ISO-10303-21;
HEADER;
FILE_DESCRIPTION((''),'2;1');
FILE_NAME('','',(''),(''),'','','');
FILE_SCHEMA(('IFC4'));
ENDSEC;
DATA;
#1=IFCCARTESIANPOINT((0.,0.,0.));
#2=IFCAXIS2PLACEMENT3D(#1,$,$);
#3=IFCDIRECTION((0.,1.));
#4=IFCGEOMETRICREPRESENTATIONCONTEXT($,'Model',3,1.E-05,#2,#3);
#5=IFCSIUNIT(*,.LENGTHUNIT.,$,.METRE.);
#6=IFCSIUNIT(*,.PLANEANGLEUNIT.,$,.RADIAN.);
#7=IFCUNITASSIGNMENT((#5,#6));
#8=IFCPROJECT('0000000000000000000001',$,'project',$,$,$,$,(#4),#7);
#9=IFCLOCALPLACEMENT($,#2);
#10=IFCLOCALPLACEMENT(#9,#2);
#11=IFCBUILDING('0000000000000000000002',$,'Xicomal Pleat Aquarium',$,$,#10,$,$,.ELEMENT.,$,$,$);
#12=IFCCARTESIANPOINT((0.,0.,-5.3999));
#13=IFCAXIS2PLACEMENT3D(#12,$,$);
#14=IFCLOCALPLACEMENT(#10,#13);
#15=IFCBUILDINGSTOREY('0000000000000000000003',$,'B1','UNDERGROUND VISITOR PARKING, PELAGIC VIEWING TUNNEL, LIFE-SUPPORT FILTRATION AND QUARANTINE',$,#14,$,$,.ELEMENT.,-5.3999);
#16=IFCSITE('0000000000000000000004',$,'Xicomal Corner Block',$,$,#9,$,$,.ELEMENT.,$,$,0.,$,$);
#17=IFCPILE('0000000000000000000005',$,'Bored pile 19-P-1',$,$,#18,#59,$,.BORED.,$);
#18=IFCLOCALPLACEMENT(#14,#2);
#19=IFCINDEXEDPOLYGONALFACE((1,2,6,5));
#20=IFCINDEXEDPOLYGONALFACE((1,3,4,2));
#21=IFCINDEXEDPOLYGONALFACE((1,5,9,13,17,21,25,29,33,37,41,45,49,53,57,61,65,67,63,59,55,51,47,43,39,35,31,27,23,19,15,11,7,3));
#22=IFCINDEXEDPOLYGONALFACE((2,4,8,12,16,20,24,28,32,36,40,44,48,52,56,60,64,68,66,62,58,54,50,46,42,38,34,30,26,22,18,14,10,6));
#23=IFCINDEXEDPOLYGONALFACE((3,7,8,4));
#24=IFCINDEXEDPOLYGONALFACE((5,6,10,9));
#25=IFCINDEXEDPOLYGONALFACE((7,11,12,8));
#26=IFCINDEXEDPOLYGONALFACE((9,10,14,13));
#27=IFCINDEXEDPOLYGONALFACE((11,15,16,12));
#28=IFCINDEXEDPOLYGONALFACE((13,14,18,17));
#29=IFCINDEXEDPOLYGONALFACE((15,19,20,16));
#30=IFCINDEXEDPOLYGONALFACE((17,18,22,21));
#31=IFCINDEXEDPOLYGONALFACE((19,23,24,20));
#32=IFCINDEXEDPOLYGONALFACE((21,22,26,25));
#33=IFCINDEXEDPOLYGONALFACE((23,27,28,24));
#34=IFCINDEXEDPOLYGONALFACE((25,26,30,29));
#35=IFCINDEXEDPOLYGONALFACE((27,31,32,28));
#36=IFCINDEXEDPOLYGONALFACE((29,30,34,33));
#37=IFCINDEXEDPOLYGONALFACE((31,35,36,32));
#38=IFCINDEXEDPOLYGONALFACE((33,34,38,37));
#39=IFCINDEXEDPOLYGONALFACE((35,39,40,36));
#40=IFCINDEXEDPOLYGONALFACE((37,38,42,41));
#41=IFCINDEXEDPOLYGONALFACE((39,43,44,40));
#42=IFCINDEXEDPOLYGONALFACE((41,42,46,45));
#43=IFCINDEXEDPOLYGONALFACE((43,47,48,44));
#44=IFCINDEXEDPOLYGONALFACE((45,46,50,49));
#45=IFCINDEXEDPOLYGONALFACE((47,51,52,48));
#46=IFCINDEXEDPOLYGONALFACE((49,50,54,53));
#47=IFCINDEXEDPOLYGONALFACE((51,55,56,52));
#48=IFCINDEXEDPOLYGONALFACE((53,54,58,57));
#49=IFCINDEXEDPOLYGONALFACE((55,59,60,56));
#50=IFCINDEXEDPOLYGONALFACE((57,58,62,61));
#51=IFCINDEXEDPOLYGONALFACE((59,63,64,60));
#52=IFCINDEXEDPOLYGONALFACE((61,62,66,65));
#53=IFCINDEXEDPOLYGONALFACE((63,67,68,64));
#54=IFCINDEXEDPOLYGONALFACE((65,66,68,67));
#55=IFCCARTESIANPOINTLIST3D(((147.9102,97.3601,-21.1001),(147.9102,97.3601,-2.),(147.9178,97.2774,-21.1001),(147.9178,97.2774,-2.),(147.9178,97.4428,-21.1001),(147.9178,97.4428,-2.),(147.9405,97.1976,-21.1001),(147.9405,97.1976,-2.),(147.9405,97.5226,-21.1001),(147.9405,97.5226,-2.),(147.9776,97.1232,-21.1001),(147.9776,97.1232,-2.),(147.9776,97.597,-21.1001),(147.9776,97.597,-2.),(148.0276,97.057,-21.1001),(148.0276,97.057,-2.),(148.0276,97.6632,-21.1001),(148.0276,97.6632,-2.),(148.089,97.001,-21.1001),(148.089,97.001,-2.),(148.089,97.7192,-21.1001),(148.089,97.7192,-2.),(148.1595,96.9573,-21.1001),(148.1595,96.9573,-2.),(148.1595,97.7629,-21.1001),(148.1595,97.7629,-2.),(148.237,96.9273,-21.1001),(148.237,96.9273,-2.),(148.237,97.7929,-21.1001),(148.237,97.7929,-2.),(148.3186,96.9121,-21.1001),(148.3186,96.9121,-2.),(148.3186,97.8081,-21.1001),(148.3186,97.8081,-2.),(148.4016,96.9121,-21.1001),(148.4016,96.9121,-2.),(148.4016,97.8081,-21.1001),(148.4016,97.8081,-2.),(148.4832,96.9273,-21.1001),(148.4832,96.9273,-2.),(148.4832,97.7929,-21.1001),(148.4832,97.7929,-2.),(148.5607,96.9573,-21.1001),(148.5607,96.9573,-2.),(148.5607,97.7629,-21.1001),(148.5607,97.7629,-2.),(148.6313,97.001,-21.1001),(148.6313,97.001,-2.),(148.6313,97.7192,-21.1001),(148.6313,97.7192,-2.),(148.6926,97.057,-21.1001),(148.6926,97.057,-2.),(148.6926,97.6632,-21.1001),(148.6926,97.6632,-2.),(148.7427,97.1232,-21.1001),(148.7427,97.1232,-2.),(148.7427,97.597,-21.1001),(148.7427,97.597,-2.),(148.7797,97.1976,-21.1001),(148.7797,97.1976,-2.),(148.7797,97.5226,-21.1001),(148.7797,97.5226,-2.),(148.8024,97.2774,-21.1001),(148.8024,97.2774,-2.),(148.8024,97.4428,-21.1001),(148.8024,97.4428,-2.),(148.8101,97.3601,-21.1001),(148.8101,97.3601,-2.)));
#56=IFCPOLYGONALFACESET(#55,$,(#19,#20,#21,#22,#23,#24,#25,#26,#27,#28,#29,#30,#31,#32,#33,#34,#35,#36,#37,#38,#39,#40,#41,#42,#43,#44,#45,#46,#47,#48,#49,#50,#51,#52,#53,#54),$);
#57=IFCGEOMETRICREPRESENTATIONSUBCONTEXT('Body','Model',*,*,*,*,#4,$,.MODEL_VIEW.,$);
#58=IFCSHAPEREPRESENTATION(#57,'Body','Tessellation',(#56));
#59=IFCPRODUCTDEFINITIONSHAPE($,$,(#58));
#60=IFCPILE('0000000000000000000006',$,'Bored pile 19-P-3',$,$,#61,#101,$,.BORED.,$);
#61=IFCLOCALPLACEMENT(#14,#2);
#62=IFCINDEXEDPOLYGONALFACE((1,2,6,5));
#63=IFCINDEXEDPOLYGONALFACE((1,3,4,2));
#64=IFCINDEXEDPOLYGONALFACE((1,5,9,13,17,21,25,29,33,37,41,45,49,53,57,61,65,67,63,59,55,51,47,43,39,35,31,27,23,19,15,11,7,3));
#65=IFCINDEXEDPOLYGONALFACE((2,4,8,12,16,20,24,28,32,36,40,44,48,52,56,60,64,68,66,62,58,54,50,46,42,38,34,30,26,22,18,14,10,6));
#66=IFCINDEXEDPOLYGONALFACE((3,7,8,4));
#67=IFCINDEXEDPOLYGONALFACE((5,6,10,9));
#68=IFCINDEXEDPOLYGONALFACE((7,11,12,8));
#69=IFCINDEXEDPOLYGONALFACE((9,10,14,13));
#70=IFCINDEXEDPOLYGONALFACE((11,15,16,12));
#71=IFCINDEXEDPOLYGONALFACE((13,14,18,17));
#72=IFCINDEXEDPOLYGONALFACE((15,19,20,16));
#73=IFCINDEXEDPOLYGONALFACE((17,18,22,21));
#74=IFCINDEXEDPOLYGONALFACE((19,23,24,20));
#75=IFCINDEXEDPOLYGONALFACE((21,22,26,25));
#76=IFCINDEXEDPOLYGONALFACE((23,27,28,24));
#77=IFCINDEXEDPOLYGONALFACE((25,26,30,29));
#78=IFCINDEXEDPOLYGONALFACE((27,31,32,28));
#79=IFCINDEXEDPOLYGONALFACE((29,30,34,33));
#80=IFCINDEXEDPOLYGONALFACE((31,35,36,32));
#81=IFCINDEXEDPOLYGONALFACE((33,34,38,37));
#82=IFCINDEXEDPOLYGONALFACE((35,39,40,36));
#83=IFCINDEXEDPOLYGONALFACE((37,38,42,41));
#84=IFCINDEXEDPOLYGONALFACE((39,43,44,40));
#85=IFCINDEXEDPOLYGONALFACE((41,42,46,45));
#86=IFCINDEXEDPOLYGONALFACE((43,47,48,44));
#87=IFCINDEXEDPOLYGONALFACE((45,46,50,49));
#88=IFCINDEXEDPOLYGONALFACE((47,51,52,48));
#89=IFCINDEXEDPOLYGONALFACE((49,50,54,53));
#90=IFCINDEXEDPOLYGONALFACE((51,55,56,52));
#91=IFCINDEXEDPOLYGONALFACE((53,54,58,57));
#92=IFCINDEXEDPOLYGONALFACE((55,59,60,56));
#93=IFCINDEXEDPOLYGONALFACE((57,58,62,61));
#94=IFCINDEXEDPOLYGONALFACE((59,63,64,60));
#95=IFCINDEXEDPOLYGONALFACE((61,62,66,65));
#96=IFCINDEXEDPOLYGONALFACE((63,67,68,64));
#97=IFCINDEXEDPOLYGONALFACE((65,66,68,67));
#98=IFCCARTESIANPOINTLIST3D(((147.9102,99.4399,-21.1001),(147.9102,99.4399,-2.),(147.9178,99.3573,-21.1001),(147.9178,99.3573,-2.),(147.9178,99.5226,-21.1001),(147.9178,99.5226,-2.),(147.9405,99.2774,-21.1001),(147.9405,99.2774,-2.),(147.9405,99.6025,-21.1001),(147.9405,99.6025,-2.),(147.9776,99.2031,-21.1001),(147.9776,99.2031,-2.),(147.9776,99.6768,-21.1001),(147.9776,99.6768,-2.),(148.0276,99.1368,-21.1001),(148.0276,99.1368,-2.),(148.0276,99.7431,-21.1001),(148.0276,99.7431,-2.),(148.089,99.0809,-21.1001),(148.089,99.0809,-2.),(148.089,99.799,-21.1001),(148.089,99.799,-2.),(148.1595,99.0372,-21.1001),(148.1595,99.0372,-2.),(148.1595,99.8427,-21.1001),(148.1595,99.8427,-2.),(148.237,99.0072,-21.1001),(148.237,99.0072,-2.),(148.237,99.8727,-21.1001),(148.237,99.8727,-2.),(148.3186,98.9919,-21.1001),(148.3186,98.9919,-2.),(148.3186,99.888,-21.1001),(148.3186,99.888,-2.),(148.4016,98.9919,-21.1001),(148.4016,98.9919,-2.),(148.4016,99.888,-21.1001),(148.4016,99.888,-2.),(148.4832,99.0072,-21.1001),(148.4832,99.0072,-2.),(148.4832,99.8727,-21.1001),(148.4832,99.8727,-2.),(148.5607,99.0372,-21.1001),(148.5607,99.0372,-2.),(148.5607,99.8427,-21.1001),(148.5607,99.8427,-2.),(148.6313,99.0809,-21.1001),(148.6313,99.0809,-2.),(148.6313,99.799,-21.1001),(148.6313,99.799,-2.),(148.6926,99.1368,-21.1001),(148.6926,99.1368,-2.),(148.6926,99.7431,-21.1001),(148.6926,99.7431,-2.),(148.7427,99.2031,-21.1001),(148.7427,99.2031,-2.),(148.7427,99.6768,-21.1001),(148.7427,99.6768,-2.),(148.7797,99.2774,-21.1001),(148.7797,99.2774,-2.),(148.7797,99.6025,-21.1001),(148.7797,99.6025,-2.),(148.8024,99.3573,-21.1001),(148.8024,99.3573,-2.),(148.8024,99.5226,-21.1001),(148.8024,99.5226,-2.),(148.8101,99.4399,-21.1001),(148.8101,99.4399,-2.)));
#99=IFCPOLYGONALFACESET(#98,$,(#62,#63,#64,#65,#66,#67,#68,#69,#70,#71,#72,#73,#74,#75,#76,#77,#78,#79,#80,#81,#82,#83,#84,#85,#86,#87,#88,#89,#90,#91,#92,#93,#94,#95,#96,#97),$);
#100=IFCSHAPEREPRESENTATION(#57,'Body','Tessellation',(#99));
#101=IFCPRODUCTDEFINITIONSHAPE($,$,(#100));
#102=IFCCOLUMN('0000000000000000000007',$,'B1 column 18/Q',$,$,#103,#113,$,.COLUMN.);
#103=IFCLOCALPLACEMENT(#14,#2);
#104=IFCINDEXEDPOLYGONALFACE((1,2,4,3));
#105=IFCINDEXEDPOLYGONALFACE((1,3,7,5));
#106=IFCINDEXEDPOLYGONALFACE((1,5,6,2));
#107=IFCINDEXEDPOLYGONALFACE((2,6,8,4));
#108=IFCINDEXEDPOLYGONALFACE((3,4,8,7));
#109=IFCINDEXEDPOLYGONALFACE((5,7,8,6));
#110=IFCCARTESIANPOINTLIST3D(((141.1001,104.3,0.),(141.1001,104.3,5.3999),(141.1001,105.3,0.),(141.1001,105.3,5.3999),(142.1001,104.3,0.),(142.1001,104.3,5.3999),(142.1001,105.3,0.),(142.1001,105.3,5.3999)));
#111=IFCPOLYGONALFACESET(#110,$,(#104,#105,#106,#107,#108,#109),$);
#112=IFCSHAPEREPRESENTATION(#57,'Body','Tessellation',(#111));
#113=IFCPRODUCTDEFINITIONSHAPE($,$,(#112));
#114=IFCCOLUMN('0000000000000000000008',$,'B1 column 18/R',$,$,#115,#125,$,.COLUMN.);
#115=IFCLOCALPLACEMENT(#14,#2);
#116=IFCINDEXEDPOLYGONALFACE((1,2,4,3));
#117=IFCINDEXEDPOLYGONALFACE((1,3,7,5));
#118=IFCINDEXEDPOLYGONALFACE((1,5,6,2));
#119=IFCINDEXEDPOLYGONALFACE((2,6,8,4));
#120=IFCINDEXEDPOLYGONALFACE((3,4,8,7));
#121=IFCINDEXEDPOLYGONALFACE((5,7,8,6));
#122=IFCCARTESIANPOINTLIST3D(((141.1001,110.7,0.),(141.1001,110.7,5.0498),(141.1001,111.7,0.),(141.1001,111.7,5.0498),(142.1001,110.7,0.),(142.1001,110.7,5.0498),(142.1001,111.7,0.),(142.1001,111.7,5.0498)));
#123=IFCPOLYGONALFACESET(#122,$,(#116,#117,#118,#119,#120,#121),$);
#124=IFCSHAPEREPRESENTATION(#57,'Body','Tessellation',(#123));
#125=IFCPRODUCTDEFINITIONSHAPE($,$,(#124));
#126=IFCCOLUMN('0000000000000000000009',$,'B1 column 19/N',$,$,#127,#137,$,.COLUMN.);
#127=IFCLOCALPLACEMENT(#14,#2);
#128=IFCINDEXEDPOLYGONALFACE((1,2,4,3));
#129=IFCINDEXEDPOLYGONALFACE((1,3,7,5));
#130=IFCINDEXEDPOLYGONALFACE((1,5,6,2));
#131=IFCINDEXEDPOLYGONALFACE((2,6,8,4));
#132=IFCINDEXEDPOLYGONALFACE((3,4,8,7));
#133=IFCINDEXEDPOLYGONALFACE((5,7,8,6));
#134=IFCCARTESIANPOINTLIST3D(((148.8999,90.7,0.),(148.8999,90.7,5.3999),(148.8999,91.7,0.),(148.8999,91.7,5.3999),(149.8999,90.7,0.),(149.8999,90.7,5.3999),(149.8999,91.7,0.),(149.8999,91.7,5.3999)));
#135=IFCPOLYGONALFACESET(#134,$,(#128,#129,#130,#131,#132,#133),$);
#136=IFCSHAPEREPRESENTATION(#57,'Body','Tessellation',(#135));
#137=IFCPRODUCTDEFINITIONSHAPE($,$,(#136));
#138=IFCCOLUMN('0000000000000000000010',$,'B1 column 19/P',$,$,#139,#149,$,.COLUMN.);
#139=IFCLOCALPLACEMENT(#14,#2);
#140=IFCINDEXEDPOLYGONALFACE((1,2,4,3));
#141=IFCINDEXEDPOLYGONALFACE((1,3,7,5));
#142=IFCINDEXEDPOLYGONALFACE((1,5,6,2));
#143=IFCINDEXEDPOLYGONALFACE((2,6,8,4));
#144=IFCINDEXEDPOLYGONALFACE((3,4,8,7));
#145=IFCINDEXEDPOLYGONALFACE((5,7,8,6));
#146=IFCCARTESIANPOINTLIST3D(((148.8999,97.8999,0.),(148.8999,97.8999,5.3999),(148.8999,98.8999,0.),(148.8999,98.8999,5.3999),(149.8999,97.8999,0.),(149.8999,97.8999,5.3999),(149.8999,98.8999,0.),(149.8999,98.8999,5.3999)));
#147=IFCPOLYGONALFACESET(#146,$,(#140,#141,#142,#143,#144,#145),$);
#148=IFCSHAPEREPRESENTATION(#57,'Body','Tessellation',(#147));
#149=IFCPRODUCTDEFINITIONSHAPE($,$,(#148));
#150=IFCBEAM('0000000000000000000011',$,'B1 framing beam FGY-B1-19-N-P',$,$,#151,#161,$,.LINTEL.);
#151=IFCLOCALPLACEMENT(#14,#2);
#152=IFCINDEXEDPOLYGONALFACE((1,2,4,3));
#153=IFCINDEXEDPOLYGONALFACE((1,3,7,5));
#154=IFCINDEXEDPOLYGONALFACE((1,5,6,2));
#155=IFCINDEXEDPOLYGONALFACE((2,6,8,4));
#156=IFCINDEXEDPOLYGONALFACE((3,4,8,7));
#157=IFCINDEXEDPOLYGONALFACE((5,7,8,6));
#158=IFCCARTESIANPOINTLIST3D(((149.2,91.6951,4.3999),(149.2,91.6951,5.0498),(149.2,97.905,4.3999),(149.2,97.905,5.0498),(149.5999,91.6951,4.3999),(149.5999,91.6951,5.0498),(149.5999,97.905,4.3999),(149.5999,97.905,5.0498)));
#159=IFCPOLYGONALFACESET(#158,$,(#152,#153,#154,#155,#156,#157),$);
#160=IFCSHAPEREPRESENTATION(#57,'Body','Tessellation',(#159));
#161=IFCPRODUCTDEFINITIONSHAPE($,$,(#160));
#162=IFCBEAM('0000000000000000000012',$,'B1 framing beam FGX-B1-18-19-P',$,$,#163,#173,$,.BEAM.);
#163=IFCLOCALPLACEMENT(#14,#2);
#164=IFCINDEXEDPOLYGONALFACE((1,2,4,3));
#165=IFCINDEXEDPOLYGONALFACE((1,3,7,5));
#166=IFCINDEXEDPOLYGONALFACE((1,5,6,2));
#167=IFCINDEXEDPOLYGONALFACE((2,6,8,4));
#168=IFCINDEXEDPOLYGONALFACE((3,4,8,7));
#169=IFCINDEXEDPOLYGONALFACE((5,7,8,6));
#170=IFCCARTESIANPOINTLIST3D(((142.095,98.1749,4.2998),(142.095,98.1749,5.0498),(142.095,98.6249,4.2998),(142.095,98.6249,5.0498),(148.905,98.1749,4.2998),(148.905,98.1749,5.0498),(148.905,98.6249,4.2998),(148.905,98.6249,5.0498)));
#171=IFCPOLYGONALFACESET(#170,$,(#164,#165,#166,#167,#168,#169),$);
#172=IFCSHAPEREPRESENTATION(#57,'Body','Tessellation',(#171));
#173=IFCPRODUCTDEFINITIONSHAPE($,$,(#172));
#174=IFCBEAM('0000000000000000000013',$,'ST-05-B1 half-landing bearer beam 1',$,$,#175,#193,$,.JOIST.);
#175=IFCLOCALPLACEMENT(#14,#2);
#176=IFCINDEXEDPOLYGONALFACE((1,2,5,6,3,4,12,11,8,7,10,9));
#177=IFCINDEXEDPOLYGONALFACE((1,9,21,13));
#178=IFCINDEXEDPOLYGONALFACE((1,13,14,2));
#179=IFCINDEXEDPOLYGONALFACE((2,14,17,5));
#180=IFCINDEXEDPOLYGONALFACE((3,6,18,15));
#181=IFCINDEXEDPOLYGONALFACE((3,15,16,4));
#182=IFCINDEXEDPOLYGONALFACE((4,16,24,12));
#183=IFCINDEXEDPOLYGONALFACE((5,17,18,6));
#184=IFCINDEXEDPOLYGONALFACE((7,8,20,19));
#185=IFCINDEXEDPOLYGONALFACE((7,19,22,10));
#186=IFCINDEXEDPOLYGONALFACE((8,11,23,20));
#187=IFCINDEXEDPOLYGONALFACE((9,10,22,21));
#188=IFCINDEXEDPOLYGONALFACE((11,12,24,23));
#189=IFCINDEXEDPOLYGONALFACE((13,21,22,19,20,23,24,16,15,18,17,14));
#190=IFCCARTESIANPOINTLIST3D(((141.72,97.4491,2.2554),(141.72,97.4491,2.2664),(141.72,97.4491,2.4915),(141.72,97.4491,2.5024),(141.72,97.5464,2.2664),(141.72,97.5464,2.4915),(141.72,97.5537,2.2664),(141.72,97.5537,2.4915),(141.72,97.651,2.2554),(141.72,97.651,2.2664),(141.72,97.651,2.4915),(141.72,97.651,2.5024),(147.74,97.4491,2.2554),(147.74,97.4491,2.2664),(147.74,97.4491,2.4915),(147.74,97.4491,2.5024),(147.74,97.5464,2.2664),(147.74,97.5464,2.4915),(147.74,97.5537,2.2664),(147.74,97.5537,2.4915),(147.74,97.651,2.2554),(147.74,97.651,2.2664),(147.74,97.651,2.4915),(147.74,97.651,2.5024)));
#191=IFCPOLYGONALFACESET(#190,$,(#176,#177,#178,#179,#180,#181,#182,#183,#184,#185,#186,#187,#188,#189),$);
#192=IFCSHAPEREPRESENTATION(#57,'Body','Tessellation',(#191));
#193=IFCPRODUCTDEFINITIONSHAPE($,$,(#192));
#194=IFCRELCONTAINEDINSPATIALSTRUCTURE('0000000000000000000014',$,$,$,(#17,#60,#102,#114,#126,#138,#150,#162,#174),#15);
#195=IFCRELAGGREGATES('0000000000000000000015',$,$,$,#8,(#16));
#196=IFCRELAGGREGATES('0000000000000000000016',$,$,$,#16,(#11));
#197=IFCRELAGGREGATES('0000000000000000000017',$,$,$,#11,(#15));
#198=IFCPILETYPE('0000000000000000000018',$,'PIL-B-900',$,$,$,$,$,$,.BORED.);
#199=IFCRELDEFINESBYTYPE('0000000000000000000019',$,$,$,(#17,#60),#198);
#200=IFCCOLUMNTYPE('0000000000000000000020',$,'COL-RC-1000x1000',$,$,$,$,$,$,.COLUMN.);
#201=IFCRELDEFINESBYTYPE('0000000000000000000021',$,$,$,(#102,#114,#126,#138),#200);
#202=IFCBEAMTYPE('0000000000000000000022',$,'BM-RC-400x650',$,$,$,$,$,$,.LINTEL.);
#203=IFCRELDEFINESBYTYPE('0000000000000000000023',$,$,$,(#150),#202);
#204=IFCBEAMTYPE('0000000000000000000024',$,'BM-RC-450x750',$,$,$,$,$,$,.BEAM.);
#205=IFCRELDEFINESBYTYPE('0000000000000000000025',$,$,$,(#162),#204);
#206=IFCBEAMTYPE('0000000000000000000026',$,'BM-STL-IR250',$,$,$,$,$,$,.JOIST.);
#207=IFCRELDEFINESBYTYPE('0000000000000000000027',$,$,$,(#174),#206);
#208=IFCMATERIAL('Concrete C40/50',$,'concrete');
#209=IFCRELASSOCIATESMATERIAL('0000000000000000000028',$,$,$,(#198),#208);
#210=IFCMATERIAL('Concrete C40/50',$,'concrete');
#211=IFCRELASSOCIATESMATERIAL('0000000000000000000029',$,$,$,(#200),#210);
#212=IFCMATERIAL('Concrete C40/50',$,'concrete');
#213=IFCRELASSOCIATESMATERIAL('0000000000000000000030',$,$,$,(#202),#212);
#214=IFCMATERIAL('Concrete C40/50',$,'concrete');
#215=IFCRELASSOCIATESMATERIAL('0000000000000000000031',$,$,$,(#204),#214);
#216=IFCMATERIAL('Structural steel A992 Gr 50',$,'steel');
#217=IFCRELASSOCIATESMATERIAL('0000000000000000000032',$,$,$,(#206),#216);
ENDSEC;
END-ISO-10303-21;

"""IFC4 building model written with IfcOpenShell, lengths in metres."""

from ifc_helpers import new_model, si_unit, direction, frame, origin, origin_2d, place, context, subcontext, project, spatial, rectangle, circle, i_section, extrude, material, material_profile, profile_set, type_object, element, save


model = new_model("IFC4")

# Units and contexts
model_context = context("Model", 3, precision=1e-05, world=origin(), true_north=direction((0.0, 1.0)))
body_context = subcontext(model_context, "Body", "Model", "MODEL_VIEW")
ifc_project = project(units=[si_unit("LENGTHUNIT", "METRE"), si_unit("PLANEANGLEUNIT", "RADIAN")], contexts=[model_context])

# Site, building, storey
site_placement = place(None, origin())
site = spatial("IfcSite", under=ifc_project, at=site_placement, Name="Xicomal Corner Block", CompositionType="ELEMENT", RefElevation=0.0)
building_placement = place(site_placement, origin())
building = spatial("IfcBuilding", under=site, at=building_placement, Name="Xicomal Pleat Aquarium", CompositionType="ELEMENT")
storey_placement = place(building_placement, frame((0.0, 0.0, -5.3999)))
storey = spatial("IfcBuildingStorey", under=building, at=storey_placement, Name="B1", Description="UNDERGROUND VISITOR PARKING, PELAGIC VIEWING TUNNEL, LIFE-SUPPORT FILTRATION AND QUARANTINE", CompositionType="ELEMENT", Elevation=-5.3999)

# Piles
ifc_material_1 = material(Name="Concrete C40/50", Category="concrete")
ifc_material_profile_1 = material_profile(ifc_material_1, circle(Radius=0.45, at=origin_2d()), Name="BORED PILE D900")
ifc_profile_set_1 = profile_set([ifc_material_profile_1], Name="Concrete C40/50")
pile_type_1 = type_object("IfcPileType", Name="PIL-B-900", PredefinedType="BORED", material=ifc_profile_set_1)
for number, where, z_axis, x_axis, name in (
    (1, (148.3601, 97.3601, -2.0), (0.0, 0.0, -1.0), (1.0, 0.0, 0.0), "Bored pile 19-P-1"),
    (2, (148.3601, 99.4399, -2.0), (0.0, 0.0, -1.0), (1.0, 0.0, 0.0), "Bored pile 19-P-3"),
):
    element("IfcPile", number, at=place(storey_placement, frame(where, z_axis=z_axis, x_axis=x_axis)), inside=storey, type_object=pile_type_1, Name=name, PredefinedType="BORED", context=body_context, shape_type="SweptSolid", body=[
        extrude(circle(Radius=0.45, at=origin_2d()), origin(), (0.0, 0.0, 1.0), 19.1001),
    ])

# Columns
ifc_material_2 = material(Name="Concrete C40/50", Category="concrete")
ifc_material_profile_2 = material_profile(ifc_material_2, rectangle(XDim=1.0, YDim=1.0, at=origin_2d()), Name="RC 1000x1000")
ifc_profile_set_2 = profile_set([ifc_material_profile_2], Name="Concrete C40/50")
column_type = type_object("IfcColumnType", Name="COL-RC-1000x1000", PredefinedType="COLUMN", material=ifc_profile_set_2)
column_1_placement = place(storey_placement, frame((141.6001, 104.8, 0.0), z_axis=(0.0, 0.0, 1.0), x_axis=(1.0, 0.0, 0.0)))
element("IfcColumn", 3, at=column_1_placement, inside=storey, type_object=column_type, Name="B1 column 18/Q", PredefinedType="COLUMN", context=body_context, shape_type="SweptSolid", body=[
    extrude(rectangle(XDim=1.0, YDim=1.0, at=origin_2d()), origin(), (0.0, 0.0, 1.0), 5.3999),
])
column_2_placement = place(storey_placement, frame((141.6001, 111.2, 0.0), z_axis=(0.0, 0.0, 1.0), x_axis=(1.0, 0.0, 0.0)))
element("IfcColumn", 4, at=column_2_placement, inside=storey, type_object=column_type, Name="B1 column 18/R", PredefinedType="COLUMN", context=body_context, shape_type="SweptSolid", body=[
    extrude(rectangle(XDim=1.0, YDim=1.0, at=origin_2d()), origin(), (0.0, 0.0, 1.0), 5.0498),
])
for number, where, z_axis, x_axis, name in (
    (5, (149.3999, 91.2, 0.0), (0.0, 0.0, 1.0), (1.0, 0.0, 0.0), "B1 column 19/N"),
    (6, (149.3999, 98.3999, 0.0), (0.0, 0.0, 1.0), (1.0, 0.0, 0.0), "B1 column 19/P"),
):
    element("IfcColumn", number, at=place(storey_placement, frame(where, z_axis=z_axis, x_axis=x_axis)), inside=storey, type_object=column_type, Name=name, PredefinedType="COLUMN", context=body_context, shape_type="SweptSolid", body=[
        extrude(rectangle(XDim=1.0, YDim=1.0, at=origin_2d()), origin(), (0.0, 0.0, 1.0), 5.3999),
    ])

# Beams
ifc_material_3 = material(Name="Concrete C40/50", Category="concrete")
ifc_material_profile_3 = material_profile(ifc_material_3, rectangle(XDim=0.3999, YDim=0.6499, at=origin_2d()), Name="RC 400x650")
ifc_profile_set_3 = profile_set([ifc_material_profile_3], Name="Concrete C40/50")
beam_type_1 = type_object("IfcBeamType", Name="BM-RC-400x650", PredefinedType="LINTEL", material=ifc_profile_set_3)
beam_1_placement = place(storey_placement, frame((149.3999, 91.6951, 4.7249), z_axis=(0.0, 1.0, 0.0), x_axis=(-1.0, 0.0, 0.0)))
element("IfcBeam", 7, at=beam_1_placement, inside=storey, type_object=beam_type_1, Name="B1 framing beam FGY-B1-19-N-P", PredefinedType="LINTEL", context=body_context, shape_type="SweptSolid", body=[
    extrude(rectangle(XDim=0.3999, YDim=0.6499, at=origin_2d()), origin(), (0.0, 0.0, 1.0), 6.21),
])
ifc_material_4 = material(Name="Concrete C40/50", Category="concrete")
ifc_material_profile_4 = material_profile(ifc_material_4, rectangle(XDim=0.45, YDim=0.75, at=origin_2d()), Name="RC 450x750")
ifc_profile_set_4 = profile_set([ifc_material_profile_4], Name="Concrete C40/50")
beam_type_2 = type_object("IfcBeamType", Name="BM-RC-450x750", PredefinedType="BEAM", material=ifc_profile_set_4)
beam_2_placement = place(storey_placement, frame((142.095, 98.3999, 4.6748), z_axis=(1.0, 0.0, 0.0), x_axis=(0.0, 1.0, 0.0)))
element("IfcBeam", 8, at=beam_2_placement, inside=storey, type_object=beam_type_2, Name="B1 framing beam FGX-B1-18-19-P", PredefinedType="BEAM", context=body_context, shape_type="SweptSolid", body=[
    extrude(rectangle(XDim=0.45, YDim=0.75, at=origin_2d()), origin(), (0.0, 0.0, 1.0), 6.8101),
])
ifc_material_5 = material(Name="Structural steel A992 Gr 50", Category="steel")
ifc_material_profile_5 = material_profile(ifc_material_5, i_section(OverallWidth=0.2019, OverallDepth=0.2471, WebThickness=0.0073, FlangeThickness=0.011, at=origin_2d()), Name="IR 250x49")
ifc_profile_set_5 = profile_set([ifc_material_profile_5], Name="Structural steel A992 Gr 50")
beam_type_3 = type_object("IfcBeamType", Name="BM-STL-IR250", PredefinedType="JOIST", material=ifc_profile_set_5)
for number, where, z_axis, x_axis, name in (
    (9, (141.72, 97.55, 2.3789), (1.0, 0.0, 0.0), (0.0, 1.0, 0.0), "ST-05-B1 half-landing bearer beam 1"),
):
    element("IfcBeam", number, at=place(storey_placement, frame(where, z_axis=z_axis, x_axis=x_axis)), inside=storey, type_object=beam_type_3, Name=name, PredefinedType="JOIST", context=body_context, shape_type="SweptSolid", body=[
        extrude(i_section(OverallWidth=0.2019, OverallDepth=0.2471, WebThickness=0.0073, FlangeThickness=0.011, at=origin_2d()), origin(), (0.0, 0.0, 1.0), 6.02),
    ])

save(model, "model.ifc")
